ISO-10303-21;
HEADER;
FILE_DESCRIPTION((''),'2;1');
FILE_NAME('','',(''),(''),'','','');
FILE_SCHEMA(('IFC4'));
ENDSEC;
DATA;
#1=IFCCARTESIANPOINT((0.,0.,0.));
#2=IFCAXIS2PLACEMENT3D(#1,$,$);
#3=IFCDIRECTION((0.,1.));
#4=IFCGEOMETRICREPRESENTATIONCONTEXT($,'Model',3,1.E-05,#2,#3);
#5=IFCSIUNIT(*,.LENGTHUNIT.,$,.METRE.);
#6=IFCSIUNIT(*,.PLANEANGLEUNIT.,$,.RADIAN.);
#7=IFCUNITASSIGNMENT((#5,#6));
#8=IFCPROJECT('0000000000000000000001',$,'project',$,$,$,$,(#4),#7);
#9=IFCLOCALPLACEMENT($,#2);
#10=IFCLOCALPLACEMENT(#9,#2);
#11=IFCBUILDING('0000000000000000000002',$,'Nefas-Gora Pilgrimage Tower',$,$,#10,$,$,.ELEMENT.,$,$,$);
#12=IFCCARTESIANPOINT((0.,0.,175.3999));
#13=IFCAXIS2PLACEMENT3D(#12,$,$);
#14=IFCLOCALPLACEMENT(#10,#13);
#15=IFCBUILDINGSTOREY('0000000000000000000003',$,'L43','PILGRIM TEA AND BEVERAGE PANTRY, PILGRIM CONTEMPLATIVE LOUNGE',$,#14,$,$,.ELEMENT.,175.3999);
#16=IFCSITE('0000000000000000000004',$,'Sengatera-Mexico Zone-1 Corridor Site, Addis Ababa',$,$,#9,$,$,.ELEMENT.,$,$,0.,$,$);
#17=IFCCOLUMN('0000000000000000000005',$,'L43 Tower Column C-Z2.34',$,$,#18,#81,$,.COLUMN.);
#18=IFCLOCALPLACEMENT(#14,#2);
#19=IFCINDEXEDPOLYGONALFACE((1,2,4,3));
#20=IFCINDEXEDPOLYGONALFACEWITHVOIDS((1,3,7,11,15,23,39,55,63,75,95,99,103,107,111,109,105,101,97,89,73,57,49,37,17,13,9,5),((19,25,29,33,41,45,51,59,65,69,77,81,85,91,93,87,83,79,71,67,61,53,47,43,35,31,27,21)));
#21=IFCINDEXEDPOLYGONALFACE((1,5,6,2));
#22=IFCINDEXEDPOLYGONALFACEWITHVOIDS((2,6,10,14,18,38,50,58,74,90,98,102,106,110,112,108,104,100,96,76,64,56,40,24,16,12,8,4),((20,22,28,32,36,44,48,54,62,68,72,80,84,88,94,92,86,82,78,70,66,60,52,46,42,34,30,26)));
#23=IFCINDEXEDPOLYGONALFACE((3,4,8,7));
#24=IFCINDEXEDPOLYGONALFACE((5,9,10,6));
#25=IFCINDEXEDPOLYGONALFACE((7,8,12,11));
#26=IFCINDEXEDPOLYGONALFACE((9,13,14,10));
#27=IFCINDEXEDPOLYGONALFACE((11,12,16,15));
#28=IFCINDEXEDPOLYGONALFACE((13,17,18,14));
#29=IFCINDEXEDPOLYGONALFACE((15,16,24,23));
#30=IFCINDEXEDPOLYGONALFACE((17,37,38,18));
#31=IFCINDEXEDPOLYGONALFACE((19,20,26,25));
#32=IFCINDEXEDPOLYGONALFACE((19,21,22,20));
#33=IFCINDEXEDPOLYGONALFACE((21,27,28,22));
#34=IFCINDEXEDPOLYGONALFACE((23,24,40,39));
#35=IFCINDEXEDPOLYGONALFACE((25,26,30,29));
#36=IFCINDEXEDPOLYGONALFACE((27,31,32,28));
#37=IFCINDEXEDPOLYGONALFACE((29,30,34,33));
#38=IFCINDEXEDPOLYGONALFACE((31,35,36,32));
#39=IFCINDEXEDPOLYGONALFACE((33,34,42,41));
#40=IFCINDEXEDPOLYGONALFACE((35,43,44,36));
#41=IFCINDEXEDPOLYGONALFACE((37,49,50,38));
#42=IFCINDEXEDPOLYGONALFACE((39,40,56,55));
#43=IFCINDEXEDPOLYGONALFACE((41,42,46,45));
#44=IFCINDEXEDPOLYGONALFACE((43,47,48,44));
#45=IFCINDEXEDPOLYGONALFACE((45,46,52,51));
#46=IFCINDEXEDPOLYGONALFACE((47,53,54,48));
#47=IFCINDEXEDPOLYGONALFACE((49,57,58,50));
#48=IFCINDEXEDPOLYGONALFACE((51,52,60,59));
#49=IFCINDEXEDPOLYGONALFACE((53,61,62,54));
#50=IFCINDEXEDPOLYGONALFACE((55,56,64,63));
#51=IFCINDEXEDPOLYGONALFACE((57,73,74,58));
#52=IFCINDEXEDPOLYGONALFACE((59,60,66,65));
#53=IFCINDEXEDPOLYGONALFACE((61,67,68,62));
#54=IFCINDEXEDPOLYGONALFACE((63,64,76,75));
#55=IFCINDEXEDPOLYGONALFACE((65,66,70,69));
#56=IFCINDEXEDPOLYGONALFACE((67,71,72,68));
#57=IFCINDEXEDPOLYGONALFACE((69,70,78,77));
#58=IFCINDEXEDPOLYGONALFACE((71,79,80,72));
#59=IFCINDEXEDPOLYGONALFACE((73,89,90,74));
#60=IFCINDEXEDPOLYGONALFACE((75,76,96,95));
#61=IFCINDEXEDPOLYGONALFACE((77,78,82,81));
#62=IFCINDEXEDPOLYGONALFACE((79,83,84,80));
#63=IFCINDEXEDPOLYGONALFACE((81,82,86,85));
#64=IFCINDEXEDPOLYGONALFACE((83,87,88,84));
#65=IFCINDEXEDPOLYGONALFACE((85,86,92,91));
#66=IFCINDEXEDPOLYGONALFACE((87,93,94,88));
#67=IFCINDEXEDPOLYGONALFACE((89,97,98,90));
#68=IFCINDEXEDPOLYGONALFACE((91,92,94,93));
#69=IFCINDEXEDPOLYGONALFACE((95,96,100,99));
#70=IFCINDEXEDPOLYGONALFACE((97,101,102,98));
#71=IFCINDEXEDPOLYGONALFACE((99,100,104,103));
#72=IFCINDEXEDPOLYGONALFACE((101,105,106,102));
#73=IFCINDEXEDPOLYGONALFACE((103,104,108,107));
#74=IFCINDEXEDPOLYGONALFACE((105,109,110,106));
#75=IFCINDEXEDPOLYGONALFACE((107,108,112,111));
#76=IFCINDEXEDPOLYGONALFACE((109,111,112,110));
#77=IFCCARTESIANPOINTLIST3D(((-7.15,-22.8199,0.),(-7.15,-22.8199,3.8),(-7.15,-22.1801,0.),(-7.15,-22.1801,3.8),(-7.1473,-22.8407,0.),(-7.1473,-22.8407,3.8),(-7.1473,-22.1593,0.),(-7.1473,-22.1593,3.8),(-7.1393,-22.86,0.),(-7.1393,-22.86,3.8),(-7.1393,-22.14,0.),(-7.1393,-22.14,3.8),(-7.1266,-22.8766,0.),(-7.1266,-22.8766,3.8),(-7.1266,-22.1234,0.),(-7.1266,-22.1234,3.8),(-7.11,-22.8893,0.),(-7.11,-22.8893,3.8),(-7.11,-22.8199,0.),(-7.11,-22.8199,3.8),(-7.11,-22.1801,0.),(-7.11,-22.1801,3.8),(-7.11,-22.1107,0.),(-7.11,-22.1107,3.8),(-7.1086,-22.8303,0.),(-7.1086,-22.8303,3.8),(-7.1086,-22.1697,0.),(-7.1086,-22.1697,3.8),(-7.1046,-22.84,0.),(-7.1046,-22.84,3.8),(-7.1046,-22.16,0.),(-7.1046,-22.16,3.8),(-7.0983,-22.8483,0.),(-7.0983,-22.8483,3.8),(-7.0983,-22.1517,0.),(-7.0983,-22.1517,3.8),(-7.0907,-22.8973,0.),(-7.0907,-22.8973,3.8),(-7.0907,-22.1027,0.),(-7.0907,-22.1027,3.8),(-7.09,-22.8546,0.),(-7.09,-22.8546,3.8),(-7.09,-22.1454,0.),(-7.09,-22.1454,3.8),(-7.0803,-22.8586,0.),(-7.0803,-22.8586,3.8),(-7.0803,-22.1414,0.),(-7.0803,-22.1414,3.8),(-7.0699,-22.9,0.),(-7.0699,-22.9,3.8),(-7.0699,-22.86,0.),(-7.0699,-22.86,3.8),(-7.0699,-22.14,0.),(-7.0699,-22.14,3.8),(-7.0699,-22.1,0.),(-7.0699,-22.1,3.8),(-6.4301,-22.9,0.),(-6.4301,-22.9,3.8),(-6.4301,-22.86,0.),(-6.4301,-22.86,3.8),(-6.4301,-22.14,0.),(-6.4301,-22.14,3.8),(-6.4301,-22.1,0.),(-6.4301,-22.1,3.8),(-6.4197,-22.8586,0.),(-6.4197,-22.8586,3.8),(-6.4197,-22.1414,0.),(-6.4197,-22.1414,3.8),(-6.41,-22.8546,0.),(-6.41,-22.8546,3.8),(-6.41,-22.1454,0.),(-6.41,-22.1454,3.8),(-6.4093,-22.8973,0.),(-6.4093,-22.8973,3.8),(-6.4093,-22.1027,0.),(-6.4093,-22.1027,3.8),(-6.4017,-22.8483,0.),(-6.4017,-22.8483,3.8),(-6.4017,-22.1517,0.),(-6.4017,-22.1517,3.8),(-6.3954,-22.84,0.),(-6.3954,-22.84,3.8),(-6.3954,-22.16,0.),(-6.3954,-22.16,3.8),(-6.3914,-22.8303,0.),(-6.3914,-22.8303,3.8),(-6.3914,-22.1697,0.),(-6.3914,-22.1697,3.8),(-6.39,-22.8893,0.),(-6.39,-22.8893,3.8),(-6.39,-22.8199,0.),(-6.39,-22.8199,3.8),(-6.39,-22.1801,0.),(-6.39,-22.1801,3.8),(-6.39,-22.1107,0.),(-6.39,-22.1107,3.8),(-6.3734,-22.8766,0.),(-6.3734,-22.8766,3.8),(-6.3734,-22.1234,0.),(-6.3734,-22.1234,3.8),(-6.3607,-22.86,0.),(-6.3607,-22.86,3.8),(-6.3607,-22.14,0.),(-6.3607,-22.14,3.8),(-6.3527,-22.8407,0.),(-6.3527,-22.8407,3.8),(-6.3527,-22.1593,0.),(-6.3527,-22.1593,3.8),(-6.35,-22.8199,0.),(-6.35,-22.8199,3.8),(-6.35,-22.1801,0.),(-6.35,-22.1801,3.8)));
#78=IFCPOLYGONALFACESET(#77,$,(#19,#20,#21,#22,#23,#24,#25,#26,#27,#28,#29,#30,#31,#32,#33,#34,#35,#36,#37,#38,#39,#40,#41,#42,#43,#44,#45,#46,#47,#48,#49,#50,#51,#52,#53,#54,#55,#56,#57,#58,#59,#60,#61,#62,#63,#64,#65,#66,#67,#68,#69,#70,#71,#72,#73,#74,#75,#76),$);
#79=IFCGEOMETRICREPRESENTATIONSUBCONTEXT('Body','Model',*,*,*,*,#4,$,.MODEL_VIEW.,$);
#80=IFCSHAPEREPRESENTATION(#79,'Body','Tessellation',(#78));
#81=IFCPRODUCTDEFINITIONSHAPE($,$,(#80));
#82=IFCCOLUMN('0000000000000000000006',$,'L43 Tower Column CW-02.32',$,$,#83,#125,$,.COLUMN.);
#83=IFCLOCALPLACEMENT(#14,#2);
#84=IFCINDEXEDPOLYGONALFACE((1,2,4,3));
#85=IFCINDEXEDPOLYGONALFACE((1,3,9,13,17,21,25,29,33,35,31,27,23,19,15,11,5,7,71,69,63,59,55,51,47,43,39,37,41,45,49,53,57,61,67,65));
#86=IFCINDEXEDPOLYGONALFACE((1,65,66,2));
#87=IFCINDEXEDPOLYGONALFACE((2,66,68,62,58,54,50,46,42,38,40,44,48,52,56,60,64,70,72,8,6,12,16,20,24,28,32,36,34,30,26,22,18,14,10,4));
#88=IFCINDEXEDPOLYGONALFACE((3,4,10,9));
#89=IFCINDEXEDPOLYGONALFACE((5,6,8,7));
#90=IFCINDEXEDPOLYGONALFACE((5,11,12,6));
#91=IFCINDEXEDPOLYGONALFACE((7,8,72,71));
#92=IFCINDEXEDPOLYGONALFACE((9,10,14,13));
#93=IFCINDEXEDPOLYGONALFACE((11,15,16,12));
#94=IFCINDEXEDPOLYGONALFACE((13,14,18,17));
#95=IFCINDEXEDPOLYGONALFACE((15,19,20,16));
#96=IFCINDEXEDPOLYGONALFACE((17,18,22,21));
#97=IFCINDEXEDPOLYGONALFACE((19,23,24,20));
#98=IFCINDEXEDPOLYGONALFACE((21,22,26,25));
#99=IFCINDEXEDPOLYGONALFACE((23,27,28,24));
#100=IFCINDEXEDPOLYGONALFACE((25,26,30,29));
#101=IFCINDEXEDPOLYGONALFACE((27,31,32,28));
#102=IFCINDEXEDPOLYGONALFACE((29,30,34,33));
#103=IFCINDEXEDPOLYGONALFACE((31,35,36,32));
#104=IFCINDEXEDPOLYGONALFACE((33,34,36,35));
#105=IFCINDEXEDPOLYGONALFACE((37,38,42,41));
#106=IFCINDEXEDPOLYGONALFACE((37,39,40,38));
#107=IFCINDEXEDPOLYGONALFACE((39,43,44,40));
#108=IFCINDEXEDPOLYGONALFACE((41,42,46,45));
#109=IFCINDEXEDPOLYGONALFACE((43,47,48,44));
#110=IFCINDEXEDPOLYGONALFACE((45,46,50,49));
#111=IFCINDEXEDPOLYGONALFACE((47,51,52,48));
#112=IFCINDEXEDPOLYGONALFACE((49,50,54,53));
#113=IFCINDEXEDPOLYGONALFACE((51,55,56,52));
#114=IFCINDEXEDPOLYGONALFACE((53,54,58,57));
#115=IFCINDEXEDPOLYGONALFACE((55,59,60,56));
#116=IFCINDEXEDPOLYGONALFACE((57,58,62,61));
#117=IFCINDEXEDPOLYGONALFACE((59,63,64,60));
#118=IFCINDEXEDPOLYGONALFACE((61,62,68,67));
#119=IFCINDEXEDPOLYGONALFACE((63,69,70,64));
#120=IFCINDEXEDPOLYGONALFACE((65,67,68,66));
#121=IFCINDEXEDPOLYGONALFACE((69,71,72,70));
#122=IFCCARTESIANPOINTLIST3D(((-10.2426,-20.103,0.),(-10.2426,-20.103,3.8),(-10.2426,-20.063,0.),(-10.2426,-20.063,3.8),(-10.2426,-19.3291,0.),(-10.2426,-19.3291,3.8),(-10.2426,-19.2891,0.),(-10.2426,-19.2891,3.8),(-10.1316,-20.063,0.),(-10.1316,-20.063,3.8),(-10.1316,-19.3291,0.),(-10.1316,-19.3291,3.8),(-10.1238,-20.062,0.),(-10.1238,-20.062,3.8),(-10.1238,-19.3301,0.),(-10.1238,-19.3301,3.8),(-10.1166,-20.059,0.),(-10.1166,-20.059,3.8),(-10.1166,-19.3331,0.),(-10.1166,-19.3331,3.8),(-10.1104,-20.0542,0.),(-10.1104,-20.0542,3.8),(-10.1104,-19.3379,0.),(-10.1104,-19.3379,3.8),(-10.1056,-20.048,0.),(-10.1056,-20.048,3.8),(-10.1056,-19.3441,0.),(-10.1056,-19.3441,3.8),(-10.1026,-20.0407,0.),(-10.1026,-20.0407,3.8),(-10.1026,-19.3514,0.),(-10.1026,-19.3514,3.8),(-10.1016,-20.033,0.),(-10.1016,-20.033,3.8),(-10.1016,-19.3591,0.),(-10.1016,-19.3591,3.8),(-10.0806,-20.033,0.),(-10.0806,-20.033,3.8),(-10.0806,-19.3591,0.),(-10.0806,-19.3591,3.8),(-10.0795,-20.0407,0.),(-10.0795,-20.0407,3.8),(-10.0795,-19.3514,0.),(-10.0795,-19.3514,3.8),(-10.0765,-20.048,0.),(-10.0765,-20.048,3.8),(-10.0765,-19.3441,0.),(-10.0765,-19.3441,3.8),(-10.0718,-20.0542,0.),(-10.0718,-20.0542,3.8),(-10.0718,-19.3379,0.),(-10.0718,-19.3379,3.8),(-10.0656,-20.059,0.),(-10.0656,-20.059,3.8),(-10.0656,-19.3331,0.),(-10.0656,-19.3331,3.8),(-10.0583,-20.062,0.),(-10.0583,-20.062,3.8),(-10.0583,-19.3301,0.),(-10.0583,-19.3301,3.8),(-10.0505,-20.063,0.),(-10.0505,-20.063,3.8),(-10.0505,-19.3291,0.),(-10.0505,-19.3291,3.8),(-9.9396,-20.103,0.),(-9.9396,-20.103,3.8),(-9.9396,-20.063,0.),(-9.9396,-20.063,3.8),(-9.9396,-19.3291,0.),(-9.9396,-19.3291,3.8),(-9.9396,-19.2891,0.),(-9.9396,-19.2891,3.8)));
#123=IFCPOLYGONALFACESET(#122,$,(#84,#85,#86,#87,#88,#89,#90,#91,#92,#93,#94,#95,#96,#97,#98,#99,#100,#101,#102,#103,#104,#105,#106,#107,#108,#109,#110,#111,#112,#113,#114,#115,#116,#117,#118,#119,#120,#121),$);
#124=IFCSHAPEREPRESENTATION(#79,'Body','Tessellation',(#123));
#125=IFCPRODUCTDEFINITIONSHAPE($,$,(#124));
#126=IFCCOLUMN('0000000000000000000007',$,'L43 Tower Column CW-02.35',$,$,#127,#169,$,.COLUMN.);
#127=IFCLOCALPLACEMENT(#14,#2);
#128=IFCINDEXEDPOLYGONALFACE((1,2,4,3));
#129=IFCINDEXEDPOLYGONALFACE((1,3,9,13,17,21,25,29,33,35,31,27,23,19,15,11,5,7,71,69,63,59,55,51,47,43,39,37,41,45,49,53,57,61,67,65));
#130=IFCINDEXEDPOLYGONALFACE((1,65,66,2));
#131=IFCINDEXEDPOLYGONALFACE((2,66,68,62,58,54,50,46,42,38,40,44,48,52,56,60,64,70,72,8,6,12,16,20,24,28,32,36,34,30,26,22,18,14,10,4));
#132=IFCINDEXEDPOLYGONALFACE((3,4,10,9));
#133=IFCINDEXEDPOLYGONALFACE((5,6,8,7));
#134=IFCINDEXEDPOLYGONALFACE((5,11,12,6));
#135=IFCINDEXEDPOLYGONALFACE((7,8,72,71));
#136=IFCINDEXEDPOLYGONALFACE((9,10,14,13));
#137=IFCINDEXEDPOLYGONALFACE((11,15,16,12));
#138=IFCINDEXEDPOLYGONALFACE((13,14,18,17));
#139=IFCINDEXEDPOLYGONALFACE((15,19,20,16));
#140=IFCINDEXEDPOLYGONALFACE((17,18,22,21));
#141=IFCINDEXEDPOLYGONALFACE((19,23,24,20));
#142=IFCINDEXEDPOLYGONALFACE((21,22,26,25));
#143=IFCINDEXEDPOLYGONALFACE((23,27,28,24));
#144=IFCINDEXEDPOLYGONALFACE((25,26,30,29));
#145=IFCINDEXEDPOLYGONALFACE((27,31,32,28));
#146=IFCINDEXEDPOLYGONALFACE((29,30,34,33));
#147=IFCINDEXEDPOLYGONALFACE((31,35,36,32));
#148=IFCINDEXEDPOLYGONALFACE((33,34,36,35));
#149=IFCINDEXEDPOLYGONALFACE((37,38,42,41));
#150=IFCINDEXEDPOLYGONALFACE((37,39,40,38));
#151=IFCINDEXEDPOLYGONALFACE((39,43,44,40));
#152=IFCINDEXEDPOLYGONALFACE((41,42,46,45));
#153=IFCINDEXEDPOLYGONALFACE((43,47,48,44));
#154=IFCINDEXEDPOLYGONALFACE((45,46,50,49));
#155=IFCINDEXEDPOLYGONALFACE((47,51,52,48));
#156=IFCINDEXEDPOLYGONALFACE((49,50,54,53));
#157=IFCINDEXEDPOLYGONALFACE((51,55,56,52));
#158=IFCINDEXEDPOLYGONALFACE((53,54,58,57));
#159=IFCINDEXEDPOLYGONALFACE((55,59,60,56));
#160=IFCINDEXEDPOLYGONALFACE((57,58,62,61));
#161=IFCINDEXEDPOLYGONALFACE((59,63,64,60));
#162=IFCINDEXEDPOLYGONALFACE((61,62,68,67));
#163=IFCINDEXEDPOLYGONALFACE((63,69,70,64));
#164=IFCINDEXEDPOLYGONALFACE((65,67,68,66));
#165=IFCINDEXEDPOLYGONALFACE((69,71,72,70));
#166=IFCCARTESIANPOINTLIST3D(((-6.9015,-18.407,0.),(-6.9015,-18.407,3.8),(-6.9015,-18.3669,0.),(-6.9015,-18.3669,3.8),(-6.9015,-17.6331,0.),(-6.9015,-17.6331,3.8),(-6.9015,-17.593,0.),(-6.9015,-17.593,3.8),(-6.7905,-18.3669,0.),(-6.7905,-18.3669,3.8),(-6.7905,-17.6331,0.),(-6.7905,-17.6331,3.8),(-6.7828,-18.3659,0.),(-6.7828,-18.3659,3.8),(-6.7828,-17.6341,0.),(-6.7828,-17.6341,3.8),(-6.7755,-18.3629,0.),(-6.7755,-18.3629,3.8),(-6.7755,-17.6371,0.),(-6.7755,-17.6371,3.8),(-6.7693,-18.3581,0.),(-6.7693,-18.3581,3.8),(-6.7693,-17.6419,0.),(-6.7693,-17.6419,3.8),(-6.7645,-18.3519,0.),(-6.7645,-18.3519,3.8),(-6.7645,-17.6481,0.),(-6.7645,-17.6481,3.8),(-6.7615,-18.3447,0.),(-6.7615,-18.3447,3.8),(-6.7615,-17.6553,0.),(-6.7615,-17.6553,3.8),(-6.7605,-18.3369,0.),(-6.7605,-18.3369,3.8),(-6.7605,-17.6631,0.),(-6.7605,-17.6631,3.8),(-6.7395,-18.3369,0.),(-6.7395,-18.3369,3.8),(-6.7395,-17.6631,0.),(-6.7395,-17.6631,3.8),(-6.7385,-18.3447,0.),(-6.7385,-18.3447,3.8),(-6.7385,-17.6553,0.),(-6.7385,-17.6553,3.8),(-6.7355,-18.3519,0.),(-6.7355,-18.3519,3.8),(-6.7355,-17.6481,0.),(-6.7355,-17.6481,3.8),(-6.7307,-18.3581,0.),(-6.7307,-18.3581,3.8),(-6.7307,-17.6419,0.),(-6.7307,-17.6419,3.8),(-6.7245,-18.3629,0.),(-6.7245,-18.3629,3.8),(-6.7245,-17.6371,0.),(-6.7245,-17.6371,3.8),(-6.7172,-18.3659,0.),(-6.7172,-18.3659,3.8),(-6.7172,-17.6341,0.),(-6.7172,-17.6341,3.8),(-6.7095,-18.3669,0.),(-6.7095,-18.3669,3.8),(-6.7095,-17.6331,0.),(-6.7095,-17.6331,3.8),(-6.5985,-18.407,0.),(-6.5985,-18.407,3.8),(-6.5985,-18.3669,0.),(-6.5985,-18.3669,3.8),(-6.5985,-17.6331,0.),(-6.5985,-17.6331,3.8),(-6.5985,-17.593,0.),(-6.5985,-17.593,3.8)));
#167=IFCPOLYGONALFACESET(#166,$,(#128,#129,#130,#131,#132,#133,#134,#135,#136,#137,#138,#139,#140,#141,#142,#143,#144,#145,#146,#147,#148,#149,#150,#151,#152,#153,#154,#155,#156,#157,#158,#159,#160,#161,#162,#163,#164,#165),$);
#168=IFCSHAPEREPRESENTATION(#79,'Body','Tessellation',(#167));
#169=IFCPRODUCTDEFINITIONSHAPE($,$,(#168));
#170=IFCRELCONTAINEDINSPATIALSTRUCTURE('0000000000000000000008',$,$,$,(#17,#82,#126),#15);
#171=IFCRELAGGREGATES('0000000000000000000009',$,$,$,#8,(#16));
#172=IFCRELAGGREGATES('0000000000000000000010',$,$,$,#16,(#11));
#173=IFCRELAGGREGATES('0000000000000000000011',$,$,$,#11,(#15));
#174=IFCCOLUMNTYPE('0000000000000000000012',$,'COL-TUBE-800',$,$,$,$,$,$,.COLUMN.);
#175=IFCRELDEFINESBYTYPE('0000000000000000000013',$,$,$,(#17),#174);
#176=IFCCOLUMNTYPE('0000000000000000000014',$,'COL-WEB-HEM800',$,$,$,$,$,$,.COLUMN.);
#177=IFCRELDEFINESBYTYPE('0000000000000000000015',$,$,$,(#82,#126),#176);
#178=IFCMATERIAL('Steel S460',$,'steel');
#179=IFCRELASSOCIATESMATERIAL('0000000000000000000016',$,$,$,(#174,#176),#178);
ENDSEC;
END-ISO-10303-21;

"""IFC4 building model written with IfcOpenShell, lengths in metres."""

from ifc_helpers import new_model, si_unit, direction, frame, origin, origin_2d, place, context, subcontext, project, spatial, hollow_rectangle, i_section, extrude, source, transform, mapped, material, material_profile, profile_set, type_object, element, save


model = new_model("IFC4")

# Units and contexts
model_context = context("Model", 3, precision=1e-05, world=origin(), true_north=direction((0.0, 1.0)))
body_context = subcontext(model_context, "Body", "Model", "MODEL_VIEW")
ifc_project = project(units=[si_unit("LENGTHUNIT", "METRE"), si_unit("PLANEANGLEUNIT", "RADIAN")], contexts=[model_context])

# Site, building, storey
site_placement = place(None, origin())
site = spatial("IfcSite", under=ifc_project, at=site_placement, Name="Sengatera-Mexico Zone-1 Corridor Site, Addis Ababa", CompositionType="ELEMENT", RefElevation=0.0)
building_placement = place(site_placement, origin())
building = spatial("IfcBuilding", under=site, at=building_placement, Name="Nefas-Gora Pilgrimage Tower", CompositionType="ELEMENT")
storey_placement = place(building_placement, frame((0.0, 0.0, 175.3999)))
storey = spatial("IfcBuildingStorey", under=building, at=storey_placement, Name="L43", Description="PILGRIM TEA AND BEVERAGE PANTRY, PILGRIM CONTEMPLATIVE LOUNGE", CompositionType="ELEMENT", Elevation=175.3999)

# Columns
ifc_material_1 = material(Name="Steel S460", Category="steel")
ifc_material_profile_1 = material_profile(ifc_material_1, hollow_rectangle(XDim=0.8, YDim=0.8, WallThickness=0.04, InnerFilletRadius=0.04, OuterFilletRadius=0.0801, at=origin_2d()), Name="BOX 800x800x40")
ifc_profile_set_1 = profile_set([ifc_material_profile_1], Name="Steel S460")
column_type_1 = type_object("IfcColumnType", Name="COL-TUBE-800", PredefinedType="COLUMN", material=ifc_profile_set_1)
shared_shape_1 = source(origin(), body_context, "Body", "SweptSolid", [
    extrude(hollow_rectangle(XDim=0.8, YDim=0.8, WallThickness=0.04, InnerFilletRadius=0.04, OuterFilletRadius=0.0801, at=origin_2d()), origin(), (0.0, 0.0, 1.0), 3.8),
])
column_placement = place(storey_placement, frame((-6.75, -22.5, 0.0), z_axis=(0.0, 0.0, 1.0), x_axis=(1.0, 0.0, 0.0)))
element("IfcColumn", 1, at=column_placement, inside=storey, type_object=column_type_1, Name="L43 Tower Column C-Z2.34", PredefinedType="COLUMN", context=body_context, shape_type="MappedRepresentation", body=[
    mapped(shared_shape_1, transform((0.0, 0.0, 0.0), x_axis=(1.0, 0.0, 0.0), y_axis=(0.0, 1.0, 0.0), z_axis=(0.0, 0.0, 1.0), scale=1.0)),
])
ifc_material_profile_2 = material_profile(ifc_material_1, i_section(OverallWidth=0.303, OverallDepth=0.814, WebThickness=0.021, FlangeThickness=0.04, FilletRadius=0.03, at=origin_2d()), Name="HEM 800")
ifc_profile_set_2 = profile_set([ifc_material_profile_2], Name="Steel S460")
column_type_2 = type_object("IfcColumnType", Name="COL-WEB-HEM800", PredefinedType="COLUMN", material=ifc_profile_set_2)
shared_shape_2 = source(origin(), body_context, "Body", "SweptSolid", [
    extrude(i_section(OverallWidth=0.303, OverallDepth=0.814, WebThickness=0.021, FlangeThickness=0.04, FilletRadius=0.03, at=origin_2d()), origin(), (0.0, 0.0, 1.0), 3.8),
])
for number, where, z_axis, x_axis, name in (
    (2, (-10.0911, -19.696, 0.0), (0.0, 0.0, 1.0), (1.0, 0.0, 0.0), "L43 Tower Column CW-02.32"),
    (3, (-6.75, -18.0, 0.0), (0.0, 0.0, 1.0), (1.0, 0.0, 0.0), "L43 Tower Column CW-02.35"),
):
    element("IfcColumn", number, at=place(storey_placement, frame(where, z_axis=z_axis, x_axis=x_axis)), inside=storey, type_object=column_type_2, Name=name, PredefinedType="COLUMN", context=body_context, shape_type="MappedRepresentation", body=[
        mapped(shared_shape_2, transform((0.0, 0.0, 0.0), x_axis=(1.0, 0.0, 0.0), y_axis=(0.0, 1.0, 0.0), z_axis=(0.0, 0.0, 1.0), scale=1.0)),
    ])

save(model, "model.ifc")
